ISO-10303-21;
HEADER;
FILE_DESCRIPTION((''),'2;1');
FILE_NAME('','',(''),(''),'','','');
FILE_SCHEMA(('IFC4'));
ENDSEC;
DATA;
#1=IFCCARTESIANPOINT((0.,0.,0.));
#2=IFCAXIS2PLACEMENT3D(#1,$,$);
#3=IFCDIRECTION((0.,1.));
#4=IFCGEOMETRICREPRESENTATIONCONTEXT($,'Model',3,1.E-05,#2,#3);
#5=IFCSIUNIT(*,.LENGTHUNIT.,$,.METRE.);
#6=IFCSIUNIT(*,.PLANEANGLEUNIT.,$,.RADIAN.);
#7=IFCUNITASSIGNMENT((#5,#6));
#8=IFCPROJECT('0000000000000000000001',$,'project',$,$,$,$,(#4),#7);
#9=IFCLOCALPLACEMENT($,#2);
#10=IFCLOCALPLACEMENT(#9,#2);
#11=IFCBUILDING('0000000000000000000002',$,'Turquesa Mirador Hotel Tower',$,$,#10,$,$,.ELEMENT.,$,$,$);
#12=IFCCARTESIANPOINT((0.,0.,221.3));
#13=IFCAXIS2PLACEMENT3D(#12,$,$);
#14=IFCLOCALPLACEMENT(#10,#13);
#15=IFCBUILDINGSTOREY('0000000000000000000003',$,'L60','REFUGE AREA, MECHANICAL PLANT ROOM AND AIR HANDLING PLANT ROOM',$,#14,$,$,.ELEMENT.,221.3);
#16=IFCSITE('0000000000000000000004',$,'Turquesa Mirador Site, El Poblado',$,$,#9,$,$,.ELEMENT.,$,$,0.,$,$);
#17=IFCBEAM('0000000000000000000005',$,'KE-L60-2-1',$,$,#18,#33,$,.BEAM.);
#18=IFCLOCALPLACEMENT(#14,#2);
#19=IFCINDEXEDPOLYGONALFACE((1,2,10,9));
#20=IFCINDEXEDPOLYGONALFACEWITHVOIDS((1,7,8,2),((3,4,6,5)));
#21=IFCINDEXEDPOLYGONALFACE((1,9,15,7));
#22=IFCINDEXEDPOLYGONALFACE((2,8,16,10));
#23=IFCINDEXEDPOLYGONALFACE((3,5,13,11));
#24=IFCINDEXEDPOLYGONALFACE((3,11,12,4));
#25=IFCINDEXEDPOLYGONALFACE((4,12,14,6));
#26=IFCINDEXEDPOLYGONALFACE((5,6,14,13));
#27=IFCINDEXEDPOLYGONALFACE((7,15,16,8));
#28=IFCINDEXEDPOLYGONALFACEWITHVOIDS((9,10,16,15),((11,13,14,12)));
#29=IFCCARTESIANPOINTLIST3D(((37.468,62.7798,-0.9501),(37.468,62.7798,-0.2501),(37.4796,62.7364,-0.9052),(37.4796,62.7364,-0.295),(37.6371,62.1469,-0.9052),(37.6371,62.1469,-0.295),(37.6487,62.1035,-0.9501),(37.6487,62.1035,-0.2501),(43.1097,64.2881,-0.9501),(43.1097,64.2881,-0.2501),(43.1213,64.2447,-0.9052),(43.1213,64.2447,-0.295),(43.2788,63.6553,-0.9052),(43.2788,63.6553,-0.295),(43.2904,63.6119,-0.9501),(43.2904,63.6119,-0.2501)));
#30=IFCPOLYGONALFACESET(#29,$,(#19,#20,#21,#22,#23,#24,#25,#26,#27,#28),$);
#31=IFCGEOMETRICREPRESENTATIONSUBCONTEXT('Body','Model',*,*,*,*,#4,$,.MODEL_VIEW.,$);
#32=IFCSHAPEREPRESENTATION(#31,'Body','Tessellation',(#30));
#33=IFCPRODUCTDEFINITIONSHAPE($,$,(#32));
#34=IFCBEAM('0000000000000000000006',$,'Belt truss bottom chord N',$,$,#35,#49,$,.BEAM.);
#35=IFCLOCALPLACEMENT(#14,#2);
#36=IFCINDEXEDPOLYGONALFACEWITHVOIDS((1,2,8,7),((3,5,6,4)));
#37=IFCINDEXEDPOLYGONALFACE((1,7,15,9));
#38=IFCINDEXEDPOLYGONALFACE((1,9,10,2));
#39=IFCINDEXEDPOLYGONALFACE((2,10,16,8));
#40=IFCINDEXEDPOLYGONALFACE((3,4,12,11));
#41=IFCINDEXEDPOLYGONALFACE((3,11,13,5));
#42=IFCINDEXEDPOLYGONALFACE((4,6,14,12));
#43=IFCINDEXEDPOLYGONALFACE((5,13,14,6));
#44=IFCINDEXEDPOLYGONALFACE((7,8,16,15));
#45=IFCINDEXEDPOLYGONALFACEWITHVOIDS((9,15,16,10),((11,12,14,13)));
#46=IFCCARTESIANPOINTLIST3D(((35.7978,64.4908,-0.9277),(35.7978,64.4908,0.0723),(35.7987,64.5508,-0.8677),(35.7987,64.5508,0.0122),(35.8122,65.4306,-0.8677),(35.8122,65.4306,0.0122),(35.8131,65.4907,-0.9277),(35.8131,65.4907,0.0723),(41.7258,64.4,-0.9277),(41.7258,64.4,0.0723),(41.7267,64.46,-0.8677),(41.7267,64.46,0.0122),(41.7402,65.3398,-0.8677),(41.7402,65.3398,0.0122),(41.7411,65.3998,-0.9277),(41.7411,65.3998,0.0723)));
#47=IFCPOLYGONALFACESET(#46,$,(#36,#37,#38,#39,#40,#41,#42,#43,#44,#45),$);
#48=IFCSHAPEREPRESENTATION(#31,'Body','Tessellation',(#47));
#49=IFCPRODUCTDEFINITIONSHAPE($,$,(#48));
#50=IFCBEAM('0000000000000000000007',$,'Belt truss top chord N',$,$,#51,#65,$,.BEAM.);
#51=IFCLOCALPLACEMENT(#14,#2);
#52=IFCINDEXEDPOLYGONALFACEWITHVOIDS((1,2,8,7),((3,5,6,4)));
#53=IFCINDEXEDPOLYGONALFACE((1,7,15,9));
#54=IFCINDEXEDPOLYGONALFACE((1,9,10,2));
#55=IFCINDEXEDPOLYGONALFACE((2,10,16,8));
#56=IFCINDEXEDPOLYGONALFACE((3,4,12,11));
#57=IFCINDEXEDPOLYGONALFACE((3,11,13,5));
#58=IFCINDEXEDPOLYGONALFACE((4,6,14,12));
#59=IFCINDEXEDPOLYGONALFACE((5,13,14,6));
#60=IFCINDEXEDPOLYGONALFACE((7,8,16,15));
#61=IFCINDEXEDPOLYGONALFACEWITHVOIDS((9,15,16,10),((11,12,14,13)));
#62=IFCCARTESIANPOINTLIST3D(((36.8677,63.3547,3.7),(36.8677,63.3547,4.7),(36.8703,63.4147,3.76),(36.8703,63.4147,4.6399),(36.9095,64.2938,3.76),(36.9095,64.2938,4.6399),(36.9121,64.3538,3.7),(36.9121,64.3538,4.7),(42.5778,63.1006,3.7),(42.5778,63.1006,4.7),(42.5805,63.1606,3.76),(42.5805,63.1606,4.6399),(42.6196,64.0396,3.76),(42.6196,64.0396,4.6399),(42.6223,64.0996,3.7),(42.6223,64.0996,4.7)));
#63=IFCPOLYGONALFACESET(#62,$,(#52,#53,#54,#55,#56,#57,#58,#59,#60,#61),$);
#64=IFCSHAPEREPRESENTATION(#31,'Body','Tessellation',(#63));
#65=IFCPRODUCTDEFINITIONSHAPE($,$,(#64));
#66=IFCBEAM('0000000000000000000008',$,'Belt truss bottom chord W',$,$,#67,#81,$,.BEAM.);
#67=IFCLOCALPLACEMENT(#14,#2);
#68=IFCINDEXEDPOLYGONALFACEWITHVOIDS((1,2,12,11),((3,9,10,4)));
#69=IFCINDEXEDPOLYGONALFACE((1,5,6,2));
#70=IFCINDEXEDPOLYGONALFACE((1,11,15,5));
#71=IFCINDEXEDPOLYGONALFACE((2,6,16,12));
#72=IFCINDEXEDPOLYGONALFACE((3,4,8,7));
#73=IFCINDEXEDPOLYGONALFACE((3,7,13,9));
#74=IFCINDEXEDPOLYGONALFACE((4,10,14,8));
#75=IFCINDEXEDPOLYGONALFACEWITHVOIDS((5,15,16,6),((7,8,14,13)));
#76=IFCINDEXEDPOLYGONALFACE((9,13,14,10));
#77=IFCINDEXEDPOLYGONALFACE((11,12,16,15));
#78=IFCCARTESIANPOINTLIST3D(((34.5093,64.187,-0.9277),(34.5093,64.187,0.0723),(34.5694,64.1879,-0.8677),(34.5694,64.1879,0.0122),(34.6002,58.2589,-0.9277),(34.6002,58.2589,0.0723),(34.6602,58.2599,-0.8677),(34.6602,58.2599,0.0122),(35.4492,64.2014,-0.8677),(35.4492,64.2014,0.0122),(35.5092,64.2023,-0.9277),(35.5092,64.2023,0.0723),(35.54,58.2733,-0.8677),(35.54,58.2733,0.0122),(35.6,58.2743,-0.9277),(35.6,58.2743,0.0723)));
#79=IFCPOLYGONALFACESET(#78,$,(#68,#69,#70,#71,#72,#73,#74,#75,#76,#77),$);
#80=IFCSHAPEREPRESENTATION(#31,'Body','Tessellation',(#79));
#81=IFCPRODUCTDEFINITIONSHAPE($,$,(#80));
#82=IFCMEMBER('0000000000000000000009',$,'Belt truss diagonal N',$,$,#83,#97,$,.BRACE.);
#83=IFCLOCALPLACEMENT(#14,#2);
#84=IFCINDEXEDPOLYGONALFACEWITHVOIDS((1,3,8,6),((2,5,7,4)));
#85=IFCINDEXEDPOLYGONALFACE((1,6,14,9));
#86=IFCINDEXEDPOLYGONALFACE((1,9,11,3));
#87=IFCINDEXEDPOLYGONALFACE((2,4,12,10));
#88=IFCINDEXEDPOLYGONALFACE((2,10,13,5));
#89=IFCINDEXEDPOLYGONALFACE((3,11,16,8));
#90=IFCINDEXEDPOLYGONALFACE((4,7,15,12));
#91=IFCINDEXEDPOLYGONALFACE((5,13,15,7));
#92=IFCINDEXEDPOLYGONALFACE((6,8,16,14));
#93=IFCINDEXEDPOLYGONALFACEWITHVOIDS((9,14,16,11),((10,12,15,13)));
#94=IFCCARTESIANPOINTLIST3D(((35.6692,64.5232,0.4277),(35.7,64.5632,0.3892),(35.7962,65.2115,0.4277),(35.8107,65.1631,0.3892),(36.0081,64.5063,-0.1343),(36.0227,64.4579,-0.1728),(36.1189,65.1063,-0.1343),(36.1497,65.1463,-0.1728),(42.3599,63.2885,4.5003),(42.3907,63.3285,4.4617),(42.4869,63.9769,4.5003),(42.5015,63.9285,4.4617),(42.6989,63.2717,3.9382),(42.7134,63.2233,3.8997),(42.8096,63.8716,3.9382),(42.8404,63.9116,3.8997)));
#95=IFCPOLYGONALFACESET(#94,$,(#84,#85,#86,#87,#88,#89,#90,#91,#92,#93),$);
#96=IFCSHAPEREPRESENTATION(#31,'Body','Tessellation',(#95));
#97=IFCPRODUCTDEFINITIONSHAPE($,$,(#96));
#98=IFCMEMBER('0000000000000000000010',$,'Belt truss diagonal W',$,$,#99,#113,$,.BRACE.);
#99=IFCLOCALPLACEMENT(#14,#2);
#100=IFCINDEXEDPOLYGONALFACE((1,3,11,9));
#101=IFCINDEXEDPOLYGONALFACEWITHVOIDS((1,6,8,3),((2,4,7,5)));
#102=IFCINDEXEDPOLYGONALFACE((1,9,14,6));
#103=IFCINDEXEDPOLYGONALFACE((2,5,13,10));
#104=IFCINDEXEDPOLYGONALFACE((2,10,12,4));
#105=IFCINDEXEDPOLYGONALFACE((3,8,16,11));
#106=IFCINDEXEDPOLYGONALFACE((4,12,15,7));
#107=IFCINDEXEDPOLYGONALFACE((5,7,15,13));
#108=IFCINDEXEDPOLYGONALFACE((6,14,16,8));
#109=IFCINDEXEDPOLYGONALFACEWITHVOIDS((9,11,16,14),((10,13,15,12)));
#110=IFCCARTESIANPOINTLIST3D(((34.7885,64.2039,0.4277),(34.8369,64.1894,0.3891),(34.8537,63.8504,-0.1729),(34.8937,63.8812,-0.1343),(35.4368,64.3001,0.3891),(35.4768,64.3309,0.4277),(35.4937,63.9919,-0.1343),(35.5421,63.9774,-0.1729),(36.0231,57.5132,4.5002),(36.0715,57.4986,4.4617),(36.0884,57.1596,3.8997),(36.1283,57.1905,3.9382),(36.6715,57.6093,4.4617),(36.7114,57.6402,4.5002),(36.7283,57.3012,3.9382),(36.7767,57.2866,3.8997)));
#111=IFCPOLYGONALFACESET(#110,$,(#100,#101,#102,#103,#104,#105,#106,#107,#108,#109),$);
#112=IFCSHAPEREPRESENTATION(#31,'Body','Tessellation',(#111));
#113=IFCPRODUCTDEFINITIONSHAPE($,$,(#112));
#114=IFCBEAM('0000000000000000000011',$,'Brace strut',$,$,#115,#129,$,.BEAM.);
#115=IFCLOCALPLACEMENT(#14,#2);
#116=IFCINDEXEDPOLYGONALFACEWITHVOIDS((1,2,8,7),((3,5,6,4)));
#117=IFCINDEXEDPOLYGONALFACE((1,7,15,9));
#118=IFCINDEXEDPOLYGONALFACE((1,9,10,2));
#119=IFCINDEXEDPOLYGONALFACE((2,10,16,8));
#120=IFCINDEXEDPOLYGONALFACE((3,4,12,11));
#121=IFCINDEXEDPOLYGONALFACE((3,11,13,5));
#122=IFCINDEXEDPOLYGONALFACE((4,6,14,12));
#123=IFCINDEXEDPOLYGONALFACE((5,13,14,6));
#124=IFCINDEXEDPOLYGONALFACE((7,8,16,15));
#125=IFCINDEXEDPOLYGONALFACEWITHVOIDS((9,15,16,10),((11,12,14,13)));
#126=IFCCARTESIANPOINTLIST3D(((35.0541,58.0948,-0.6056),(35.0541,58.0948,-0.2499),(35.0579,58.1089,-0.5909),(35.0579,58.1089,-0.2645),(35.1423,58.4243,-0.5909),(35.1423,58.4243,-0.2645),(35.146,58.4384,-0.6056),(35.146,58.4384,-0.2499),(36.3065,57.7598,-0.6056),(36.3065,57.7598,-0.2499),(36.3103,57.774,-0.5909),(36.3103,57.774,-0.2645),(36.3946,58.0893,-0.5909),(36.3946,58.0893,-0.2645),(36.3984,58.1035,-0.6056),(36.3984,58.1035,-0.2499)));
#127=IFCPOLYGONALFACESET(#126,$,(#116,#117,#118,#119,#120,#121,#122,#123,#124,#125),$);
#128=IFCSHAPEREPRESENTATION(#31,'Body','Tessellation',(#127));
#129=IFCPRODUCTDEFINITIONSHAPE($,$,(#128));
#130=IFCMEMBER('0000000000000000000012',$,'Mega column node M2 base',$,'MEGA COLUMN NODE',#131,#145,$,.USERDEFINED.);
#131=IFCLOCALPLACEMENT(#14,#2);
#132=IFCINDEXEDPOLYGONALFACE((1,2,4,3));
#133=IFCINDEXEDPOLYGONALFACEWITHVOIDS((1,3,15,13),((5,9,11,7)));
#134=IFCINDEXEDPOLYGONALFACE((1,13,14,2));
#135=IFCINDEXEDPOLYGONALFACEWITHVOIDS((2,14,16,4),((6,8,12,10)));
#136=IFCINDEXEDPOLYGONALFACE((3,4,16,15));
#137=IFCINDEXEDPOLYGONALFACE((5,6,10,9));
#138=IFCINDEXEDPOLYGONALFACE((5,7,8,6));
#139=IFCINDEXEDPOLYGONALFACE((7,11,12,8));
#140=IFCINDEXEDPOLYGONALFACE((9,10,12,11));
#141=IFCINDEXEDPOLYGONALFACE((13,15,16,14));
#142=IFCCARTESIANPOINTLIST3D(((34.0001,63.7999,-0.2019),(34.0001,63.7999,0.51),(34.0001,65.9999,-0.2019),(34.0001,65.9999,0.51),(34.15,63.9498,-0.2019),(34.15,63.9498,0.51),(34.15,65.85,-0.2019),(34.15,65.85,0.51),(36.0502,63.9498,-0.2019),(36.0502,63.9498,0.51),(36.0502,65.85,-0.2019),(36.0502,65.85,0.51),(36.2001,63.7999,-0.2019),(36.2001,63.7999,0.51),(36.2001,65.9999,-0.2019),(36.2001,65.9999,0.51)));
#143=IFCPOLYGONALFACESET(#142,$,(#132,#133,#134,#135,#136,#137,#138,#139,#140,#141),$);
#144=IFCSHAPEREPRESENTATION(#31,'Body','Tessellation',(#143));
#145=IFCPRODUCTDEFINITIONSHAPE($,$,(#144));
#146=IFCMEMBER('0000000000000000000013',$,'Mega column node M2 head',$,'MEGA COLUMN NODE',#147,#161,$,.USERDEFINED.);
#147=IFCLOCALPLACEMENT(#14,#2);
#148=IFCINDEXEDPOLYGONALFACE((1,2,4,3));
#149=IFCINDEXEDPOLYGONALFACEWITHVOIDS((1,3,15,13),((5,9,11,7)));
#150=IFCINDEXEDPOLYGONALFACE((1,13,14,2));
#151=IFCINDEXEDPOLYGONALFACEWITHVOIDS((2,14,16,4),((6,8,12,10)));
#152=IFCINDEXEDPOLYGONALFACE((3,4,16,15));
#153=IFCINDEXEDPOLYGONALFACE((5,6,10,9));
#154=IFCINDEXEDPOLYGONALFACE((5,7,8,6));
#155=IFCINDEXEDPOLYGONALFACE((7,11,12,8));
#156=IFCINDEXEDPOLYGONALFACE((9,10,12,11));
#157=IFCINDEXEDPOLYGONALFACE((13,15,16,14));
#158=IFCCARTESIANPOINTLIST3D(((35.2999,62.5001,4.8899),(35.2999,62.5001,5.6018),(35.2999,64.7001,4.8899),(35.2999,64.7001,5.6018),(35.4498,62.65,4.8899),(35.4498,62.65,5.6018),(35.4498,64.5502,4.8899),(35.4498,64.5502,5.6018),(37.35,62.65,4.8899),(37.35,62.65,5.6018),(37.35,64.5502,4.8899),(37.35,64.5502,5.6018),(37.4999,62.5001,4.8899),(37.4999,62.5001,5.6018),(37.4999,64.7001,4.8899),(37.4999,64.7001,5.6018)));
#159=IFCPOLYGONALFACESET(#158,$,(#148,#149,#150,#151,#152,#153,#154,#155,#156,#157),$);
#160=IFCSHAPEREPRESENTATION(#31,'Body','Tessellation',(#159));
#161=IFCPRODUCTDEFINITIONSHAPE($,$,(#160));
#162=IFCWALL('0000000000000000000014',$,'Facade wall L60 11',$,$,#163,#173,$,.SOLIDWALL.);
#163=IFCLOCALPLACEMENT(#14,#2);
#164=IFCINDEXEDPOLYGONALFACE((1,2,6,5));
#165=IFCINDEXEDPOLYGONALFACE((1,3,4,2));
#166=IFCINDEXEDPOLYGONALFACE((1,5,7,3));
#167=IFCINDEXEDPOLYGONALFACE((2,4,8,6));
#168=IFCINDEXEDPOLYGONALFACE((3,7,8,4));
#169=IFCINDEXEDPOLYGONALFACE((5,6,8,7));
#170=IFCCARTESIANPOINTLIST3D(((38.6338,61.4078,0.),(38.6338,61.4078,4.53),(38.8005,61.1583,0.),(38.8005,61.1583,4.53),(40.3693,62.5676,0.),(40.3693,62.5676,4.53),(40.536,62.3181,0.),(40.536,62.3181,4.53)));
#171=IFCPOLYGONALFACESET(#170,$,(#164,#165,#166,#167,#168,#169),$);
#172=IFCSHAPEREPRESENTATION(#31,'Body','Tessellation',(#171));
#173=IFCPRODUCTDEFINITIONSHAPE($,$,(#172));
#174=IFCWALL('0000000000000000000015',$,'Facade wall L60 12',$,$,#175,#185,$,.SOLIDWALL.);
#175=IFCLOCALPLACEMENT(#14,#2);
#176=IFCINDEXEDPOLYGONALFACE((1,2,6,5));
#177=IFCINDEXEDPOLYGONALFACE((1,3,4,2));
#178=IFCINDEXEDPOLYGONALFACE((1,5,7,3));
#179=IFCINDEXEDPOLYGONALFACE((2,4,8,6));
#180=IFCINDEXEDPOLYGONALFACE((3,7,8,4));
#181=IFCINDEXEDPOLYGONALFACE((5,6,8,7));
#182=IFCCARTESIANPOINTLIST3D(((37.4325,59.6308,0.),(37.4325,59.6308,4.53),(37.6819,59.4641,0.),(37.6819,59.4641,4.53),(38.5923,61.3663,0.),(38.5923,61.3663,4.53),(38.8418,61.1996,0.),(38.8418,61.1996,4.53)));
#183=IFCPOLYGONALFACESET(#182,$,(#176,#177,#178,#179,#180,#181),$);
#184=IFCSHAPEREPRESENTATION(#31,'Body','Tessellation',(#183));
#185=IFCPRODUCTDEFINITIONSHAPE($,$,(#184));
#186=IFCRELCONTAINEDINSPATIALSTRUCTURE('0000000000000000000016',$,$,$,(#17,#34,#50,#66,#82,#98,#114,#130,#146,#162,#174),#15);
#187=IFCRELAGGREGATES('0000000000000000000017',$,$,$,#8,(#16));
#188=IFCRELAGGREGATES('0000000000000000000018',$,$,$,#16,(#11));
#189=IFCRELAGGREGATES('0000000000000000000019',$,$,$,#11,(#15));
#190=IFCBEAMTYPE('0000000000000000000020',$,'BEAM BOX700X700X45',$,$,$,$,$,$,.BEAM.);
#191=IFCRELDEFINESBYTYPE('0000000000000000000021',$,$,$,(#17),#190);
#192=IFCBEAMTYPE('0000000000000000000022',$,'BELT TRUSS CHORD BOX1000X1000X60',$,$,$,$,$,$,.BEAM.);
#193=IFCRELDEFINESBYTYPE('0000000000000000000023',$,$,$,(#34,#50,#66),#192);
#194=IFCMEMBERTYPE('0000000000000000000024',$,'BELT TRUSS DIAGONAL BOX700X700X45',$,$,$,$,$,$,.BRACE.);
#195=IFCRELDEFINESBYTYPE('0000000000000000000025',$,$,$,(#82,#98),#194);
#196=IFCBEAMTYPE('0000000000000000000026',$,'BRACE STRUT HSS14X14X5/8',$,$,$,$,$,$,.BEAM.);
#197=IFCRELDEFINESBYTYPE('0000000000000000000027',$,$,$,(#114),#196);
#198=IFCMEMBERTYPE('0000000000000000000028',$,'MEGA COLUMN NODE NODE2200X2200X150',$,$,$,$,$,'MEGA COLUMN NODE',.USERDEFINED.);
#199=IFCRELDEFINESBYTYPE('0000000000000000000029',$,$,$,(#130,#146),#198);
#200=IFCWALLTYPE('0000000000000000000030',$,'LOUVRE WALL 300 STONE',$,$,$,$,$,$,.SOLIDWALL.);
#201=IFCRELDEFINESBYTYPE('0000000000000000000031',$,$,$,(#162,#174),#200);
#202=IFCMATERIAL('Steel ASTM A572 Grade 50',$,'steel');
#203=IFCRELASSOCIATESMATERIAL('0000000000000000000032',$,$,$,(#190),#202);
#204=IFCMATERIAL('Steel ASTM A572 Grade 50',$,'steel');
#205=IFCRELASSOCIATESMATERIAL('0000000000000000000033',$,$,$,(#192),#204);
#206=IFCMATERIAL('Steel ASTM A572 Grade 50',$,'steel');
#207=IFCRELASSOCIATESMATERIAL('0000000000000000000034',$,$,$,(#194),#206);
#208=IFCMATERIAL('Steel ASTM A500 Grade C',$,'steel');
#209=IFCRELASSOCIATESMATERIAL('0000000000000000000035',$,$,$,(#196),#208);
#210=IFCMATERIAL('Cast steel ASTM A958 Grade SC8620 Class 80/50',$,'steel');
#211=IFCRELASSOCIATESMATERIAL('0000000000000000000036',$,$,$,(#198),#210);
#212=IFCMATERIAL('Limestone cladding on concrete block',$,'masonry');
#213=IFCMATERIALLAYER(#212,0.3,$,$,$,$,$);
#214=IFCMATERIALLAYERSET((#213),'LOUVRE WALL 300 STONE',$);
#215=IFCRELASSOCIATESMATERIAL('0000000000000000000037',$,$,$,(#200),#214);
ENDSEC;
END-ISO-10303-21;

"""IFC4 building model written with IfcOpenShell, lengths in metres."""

from ifc_helpers import new_model, si_unit, direction, frame, frame_2d, origin, origin_2d, place, context, subcontext, project, spatial, rectangle, hollow_rectangle, extrude, material, layer, layer_set, material_profile, profile_set, type_object, element, save


model = new_model("IFC4")

# Units and contexts
model_context = context("Model", 3, precision=1e-05, world=origin(), true_north=direction((0.0, 1.0)))
body_context = subcontext(model_context, "Body", "Model", "MODEL_VIEW")
ifc_project = project(units=[si_unit("LENGTHUNIT", "METRE"), si_unit("PLANEANGLEUNIT", "RADIAN")], contexts=[model_context])

# Site, building, storey
site_placement = place(None, origin())
site = spatial("IfcSite", under=ifc_project, at=site_placement, Name="Turquesa Mirador Site, El Poblado", CompositionType="ELEMENT", RefElevation=0.0)
building_placement = place(site_placement, origin())
building = spatial("IfcBuilding", under=site, at=building_placement, Name="Turquesa Mirador Hotel Tower", CompositionType="ELEMENT")
storey_placement = place(building_placement, frame((0.0, 0.0, 221.3)))
storey = spatial("IfcBuildingStorey", under=building, at=storey_placement, Name="L60", Description="REFUGE AREA, MECHANICAL PLANT ROOM AND AIR HANDLING PLANT ROOM", CompositionType="ELEMENT", Elevation=221.3)

# Beams
ifc_material_1 = material(Name="Steel ASTM A572 Grade 50", Category="steel")
ifc_material_profile_1 = material_profile(ifc_material_1, hollow_rectangle(XDim=0.7, YDim=0.7, WallThickness=0.0449, at=origin_2d()), Name="BOX700X700X45")
ifc_profile_set_1 = profile_set([ifc_material_profile_1], Name="Steel ASTM A572 Grade 50")
beam_type_1 = type_object("IfcBeamType", Name="BEAM BOX700X700X45", PredefinedType="BEAM", material=ifc_profile_set_1)
beam_1_placement = place(storey_placement, frame((37.5583, 62.4417, -0.6001), z_axis=(0.96607, 0.258282, 0.0), x_axis=(-0.258282, 0.96607, 0.0)))
element("IfcBeam", 1, at=beam_1_placement, inside=storey, type_object=beam_type_1, Name="KE-L60-2-1", PredefinedType="BEAM", context=body_context, shape_type="SweptSolid", body=[
    extrude(hollow_rectangle(XDim=0.7, YDim=0.7, WallThickness=0.0449, at=origin_2d()), origin(), (0.0, 0.0, 1.0), 5.8398),
])
ifc_material_2 = material(Name="Steel ASTM A572 Grade 50", Category="steel")
ifc_material_profile_2 = material_profile(ifc_material_2, hollow_rectangle(XDim=1.0, YDim=1.0, WallThickness=0.0601, at=origin_2d()), Name="BOX1000X1000X60")
ifc_profile_set_2 = profile_set([ifc_material_profile_2], Name="Steel ASTM A572 Grade 50")
beam_type_2 = type_object("IfcBeamType", Name="BELT TRUSS CHORD BOX1000X1000X60", PredefinedType="BEAM", material=ifc_profile_set_2)
beam_2_placement = place(storey_placement, frame((35.8054, 64.9907, -0.4277), z_axis=(0.999883, -0.015319, 0.0), x_axis=(0.015319, 0.999883, 0.0)))
element("IfcBeam", 2, at=beam_2_placement, inside=storey, type_object=beam_type_2, Name="Belt truss bottom chord N", PredefinedType="BEAM", context=body_context, shape_type="SweptSolid", body=[
    extrude(hollow_rectangle(XDim=1.0, YDim=1.0, WallThickness=0.0601, at=origin_2d()), origin(), (0.0, 0.0, 1.0), 5.9287),
])
beam_3_placement = place(storey_placement, frame((36.8899, 63.8542, 4.2), z_axis=(0.999011, -0.044464, 0.0), x_axis=(0.044464, 0.999011, 0.0)))
element("IfcBeam", 3, at=beam_3_placement, inside=storey, type_object=beam_type_2, Name="Belt truss top chord N", PredefinedType="BEAM", context=body_context, shape_type="SweptSolid", body=[
    extrude(hollow_rectangle(XDim=1.0, YDim=1.0, WallThickness=0.0601, at=origin_2d()), origin(), (0.0, 0.0, 1.0), 5.7158),
])
beam_4_placement = place(storey_placement, frame((35.1001, 58.2666, -0.4277), z_axis=(-0.015319, 0.999883, 0.0), x_axis=(-0.999883, -0.015319, 0.0)))
element("IfcBeam", 4, at=beam_4_placement, inside=storey, type_object=beam_type_2, Name="Belt truss bottom chord W", PredefinedType="BEAM", context=body_context, shape_type="SweptSolid", body=[
    extrude(hollow_rectangle(XDim=1.0, YDim=1.0, WallThickness=0.0601, at=origin_2d()), origin(), (0.0, 0.0, 1.0), 5.9287),
])

# Members
ifc_material_3 = material(Name="Steel ASTM A572 Grade 50", Category="steel")
ifc_material_profile_3 = material_profile(ifc_material_3, hollow_rectangle(XDim=0.7, YDim=0.7, WallThickness=0.0449, at=origin_2d()), Name="BOX700X700X45")
ifc_profile_set_3 = profile_set([ifc_material_profile_3], Name="Steel ASTM A572 Grade 50")
member_type_1 = type_object("IfcMemberType", Name="BELT TRUSS DIAGONAL BOX700X700X45", PredefinedType="BRACE", material=ifc_profile_set_3)
for number, where, z_axis, x_axis, name in (
    (5, (35.9094, 64.8347, 0.1274), (0.843785, -0.155702, 0.513599), (0.181465, 0.983397, 0.0), "Belt truss diagonal N"),
    (6, (36.3999, 57.3999, 4.2), (-0.155702, 0.843785, -0.513599), (-0.983397, -0.181465, 0.0), "Belt truss diagonal W"),
):
    element("IfcMember", number, at=place(storey_placement, frame(where, z_axis=z_axis, x_axis=x_axis)), inside=storey, type_object=member_type_1, Name=name, PredefinedType="BRACE", context=body_context, shape_type="SweptSolid", body=[
        extrude(hollow_rectangle(XDim=0.7, YDim=0.7, WallThickness=0.0449, at=origin_2d()), origin(), (0.0, 0.0, 1.0), 7.9294),
    ])

# Beam
ifc_material_4 = material(Name="Steel ASTM A500 Grade C", Category="steel")
ifc_material_profile_4 = material_profile(ifc_material_4, hollow_rectangle(XDim=0.3557, YDim=0.3557, WallThickness=0.0146, at=origin_2d()), Name="HSS14X14X5/8")
ifc_profile_set_4 = profile_set([ifc_material_profile_4], Name="Steel ASTM A500 Grade C")
beam_type_3 = type_object("IfcBeamType", Name="BRACE STRUT HSS14X14X5/8", PredefinedType="BEAM", material=ifc_profile_set_4)
beam_5_placement = place(storey_placement, frame((35.1001, 58.2666, -0.4277), z_axis=(0.966047, -0.258366, 0.0), x_axis=(0.258366, 0.966047, 0.0)))
element("IfcBeam", 7, at=beam_5_placement, inside=storey, type_object=beam_type_3, Name="Brace strut", PredefinedType="BEAM", context=body_context, shape_type="SweptSolid", body=[
    extrude(hollow_rectangle(XDim=0.3557, YDim=0.3557, WallThickness=0.0146, at=origin_2d()), origin(), (0.0, 0.0, 1.0), 1.2964),
])

# Members
ifc_material_5 = material(Name="Cast steel ASTM A958 Grade SC8620 Class 80/50", Category="steel")
ifc_material_profile_5 = material_profile(ifc_material_5, hollow_rectangle(XDim=2.2, YDim=2.2, WallThickness=0.1499, at=origin_2d()), Name="NODE2200X2200X150")
ifc_profile_set_5 = profile_set([ifc_material_profile_5], Name="Cast steel ASTM A958 Grade SC8620 Class 80/50")
member_type_2 = type_object("IfcMemberType", Name="MEGA COLUMN NODE NODE2200X2200X150", ElementType="MEGA COLUMN NODE", PredefinedType="USERDEFINED", material=ifc_profile_set_5)
for number, where, z_axis, x_axis, name in (
    (8, (35.1001, 64.8999, -0.2019), (0.0, 0.0, 1.0), (1.0, 0.0, 0.0), "Mega column node M2 base"),
    (9, (36.3999, 63.6001, 4.8899), (0.0, 0.0, 1.0), (1.0, 0.0, 0.0), "Mega column node M2 head"),
):
    element("IfcMember", number, at=place(storey_placement, frame(where, z_axis=z_axis, x_axis=x_axis)), inside=storey, type_object=member_type_2, Name=name, ObjectType="MEGA COLUMN NODE", PredefinedType="USERDEFINED", context=body_context, shape_type="SweptSolid", body=[
        extrude(hollow_rectangle(XDim=2.2, YDim=2.2, WallThickness=0.1499, at=origin_2d()), origin(), (0.0, 0.0, 1.0), 0.7119),
    ])

# Walls
ifc_material_6 = material(Name="Limestone cladding on concrete block", Category="masonry")
ifc_layer_1 = layer(ifc_material_6, 0.3)
ifc_layer_set_1 = layer_set([ifc_layer_1], Name="LOUVRE WALL 300 STONE")
wall_type_1 = type_object("IfcWallType", Name="LOUVRE WALL 300 STONE", PredefinedType="SOLIDWALL", material=ifc_layer_set_1)
for number, where, z_axis, x_axis, name in (
    (10, (40.4526, 62.4429, 0.0), (0.0, 0.0, 1.0), (-0.83142, -0.555644, 0.0), "Facade wall L60 11"),
    (11, (38.717, 61.283, 0.0), (0.0, 0.0, 1.0), (-0.555644, -0.83142, 0.0), "Facade wall L60 12"),
):
    element("IfcWall", number, at=place(storey_placement, frame(where, z_axis=z_axis, x_axis=x_axis)), inside=storey, type_object=wall_type_1, Name=name, PredefinedType="SOLIDWALL", context=body_context, shape_type="SweptSolid", body=[
        extrude(rectangle(XDim=2.0874, YDim=0.3, at=frame_2d((1.0437, 0.0))), origin(), (0.0, 0.0, 1.0), 4.53),
    ])

save(model, "model.ifc")
